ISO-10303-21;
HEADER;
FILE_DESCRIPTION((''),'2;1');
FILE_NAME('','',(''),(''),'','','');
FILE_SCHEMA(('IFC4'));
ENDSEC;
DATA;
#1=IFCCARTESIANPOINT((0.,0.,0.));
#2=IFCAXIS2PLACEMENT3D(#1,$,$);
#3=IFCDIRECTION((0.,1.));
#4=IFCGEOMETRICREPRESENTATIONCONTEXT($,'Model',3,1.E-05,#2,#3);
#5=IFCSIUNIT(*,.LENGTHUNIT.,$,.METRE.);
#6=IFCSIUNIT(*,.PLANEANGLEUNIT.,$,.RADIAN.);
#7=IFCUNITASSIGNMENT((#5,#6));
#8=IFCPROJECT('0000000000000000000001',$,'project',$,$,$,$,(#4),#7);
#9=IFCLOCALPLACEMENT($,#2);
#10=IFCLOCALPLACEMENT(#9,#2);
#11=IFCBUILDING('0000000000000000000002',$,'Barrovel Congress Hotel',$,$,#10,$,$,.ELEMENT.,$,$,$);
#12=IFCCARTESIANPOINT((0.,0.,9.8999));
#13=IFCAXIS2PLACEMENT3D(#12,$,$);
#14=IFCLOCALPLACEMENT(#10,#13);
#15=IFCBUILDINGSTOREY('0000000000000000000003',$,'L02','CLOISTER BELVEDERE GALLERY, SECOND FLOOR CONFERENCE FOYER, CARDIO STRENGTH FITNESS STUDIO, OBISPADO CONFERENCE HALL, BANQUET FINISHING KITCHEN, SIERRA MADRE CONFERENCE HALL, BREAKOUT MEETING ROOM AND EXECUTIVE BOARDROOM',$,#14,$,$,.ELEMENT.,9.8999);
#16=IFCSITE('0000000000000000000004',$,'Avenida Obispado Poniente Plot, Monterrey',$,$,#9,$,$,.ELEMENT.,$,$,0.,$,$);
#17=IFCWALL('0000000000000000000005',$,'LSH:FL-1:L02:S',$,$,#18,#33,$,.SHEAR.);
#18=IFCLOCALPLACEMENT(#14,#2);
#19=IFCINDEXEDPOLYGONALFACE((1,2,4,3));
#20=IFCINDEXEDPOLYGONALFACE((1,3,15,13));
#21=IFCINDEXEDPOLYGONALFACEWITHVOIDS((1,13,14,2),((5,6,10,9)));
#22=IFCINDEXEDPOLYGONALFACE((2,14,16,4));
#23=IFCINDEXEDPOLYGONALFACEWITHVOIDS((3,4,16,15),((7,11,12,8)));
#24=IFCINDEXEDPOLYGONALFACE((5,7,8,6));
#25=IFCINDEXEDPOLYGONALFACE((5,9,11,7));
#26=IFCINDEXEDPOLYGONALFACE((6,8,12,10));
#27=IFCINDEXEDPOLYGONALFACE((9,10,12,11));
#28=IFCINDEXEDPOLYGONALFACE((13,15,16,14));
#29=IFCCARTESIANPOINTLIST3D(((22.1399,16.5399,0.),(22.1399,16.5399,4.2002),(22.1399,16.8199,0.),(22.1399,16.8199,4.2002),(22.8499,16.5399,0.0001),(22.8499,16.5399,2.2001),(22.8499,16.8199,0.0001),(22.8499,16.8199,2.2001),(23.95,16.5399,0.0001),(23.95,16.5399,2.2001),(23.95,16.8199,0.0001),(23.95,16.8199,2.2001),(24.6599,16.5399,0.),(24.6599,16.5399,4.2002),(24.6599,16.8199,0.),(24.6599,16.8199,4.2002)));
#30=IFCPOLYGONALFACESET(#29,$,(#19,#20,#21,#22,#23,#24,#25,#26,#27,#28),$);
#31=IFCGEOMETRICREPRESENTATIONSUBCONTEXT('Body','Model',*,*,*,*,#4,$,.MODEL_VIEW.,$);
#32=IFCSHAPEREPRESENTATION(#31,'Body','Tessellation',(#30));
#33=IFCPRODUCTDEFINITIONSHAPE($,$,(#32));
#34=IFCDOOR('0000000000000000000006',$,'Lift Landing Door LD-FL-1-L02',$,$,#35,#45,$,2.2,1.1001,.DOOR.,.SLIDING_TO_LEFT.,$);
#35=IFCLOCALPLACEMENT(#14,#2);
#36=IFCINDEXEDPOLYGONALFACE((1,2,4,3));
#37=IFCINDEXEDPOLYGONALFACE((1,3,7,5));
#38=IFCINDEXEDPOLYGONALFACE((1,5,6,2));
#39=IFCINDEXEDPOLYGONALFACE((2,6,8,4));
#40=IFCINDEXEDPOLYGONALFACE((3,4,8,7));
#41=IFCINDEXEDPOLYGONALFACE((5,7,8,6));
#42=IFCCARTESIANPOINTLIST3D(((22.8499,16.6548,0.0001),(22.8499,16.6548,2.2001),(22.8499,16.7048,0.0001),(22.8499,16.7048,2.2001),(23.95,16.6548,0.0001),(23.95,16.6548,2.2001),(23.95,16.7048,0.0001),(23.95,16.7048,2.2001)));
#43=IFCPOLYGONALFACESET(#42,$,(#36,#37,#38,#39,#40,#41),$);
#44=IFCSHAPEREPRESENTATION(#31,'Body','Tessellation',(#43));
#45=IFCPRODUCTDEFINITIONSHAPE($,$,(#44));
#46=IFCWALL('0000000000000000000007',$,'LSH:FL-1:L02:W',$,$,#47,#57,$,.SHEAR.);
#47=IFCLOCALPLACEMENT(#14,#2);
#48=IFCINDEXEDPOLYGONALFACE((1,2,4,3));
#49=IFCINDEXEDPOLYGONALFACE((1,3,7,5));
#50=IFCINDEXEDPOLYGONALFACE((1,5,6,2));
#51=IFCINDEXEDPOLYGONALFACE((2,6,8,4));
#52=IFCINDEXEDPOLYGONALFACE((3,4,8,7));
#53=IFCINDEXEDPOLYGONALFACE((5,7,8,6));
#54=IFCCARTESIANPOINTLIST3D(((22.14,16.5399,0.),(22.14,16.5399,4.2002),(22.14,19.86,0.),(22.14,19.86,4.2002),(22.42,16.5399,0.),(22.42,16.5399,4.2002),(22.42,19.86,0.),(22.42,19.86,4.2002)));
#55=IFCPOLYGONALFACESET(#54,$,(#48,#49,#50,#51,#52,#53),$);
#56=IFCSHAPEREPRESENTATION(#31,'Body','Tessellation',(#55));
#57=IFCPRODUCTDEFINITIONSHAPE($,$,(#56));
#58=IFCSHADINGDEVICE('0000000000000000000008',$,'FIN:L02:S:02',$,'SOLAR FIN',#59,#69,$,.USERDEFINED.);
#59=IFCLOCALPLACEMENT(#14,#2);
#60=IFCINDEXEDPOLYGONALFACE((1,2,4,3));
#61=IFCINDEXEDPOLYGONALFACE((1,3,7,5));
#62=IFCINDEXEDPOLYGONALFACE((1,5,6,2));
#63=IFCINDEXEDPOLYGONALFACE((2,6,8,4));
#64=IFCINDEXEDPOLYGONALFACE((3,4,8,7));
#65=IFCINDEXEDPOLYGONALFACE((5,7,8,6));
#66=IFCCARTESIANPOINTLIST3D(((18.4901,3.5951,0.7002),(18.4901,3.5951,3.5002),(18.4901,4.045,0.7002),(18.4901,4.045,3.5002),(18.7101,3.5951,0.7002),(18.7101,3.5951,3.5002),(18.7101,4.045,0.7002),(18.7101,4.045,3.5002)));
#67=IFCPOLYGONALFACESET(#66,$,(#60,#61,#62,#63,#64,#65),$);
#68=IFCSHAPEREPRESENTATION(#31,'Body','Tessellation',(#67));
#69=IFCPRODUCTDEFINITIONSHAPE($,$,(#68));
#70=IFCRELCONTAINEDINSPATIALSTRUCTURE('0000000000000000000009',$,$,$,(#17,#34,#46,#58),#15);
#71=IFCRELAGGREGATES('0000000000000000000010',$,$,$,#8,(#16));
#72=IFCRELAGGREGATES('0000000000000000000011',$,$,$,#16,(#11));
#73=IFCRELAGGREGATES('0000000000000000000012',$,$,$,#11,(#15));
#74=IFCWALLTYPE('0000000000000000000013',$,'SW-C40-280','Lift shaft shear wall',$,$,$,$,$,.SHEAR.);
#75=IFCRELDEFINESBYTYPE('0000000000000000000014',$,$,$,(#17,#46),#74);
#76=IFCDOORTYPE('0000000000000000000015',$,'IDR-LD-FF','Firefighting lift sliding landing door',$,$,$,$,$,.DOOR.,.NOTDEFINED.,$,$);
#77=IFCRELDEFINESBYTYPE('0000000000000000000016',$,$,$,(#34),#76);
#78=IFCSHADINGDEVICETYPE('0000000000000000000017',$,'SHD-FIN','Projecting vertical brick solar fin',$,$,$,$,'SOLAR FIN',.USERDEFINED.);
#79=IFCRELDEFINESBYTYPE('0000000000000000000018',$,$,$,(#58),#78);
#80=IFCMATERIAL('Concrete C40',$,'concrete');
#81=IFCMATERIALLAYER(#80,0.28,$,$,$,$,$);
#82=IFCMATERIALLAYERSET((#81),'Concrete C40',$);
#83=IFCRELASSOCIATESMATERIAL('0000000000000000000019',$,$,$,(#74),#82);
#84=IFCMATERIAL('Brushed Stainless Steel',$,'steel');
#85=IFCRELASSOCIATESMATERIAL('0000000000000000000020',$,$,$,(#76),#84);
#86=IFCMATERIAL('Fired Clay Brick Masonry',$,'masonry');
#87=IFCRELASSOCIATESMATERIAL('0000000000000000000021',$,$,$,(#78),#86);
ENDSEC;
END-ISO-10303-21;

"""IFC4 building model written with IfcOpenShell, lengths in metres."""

from ifc_helpers import new_model, si_unit, direction, frame, frame_2d, origin, origin_2d, place, context, subcontext, project, spatial, rectangle, extrude, material, layer, layer_set, type_object, element, fill, save


model = new_model("IFC4")

# Units and contexts
model_context = context("Model", 3, precision=1e-05, world=origin(), true_north=direction((0.0, 1.0)))
body_context = subcontext(model_context, "Body", "Model", "MODEL_VIEW")
ifc_project = project(units=[si_unit("LENGTHUNIT", "METRE"), si_unit("PLANEANGLEUNIT", "RADIAN")], contexts=[model_context])

# Site, building, storey
site_placement = place(None, origin())
site = spatial("IfcSite", under=ifc_project, at=site_placement, Name="Avenida Obispado Poniente Plot, Monterrey", CompositionType="ELEMENT", RefElevation=0.0)
building_placement = place(site_placement, origin())
building = spatial("IfcBuilding", under=site, at=building_placement, Name="Barrovel Congress Hotel", CompositionType="ELEMENT")
storey_placement = place(building_placement, frame((0.0, 0.0, 9.8999)))
storey = spatial("IfcBuildingStorey", under=building, at=storey_placement, Name="L02", Description="CLOISTER BELVEDERE GALLERY, SECOND FLOOR CONFERENCE FOYER, CARDIO STRENGTH FITNESS STUDIO, OBISPADO CONFERENCE HALL, BANQUET FINISHING KITCHEN, SIERRA MADRE CONFERENCE HALL, BREAKOUT MEETING ROOM AND EXECUTIVE BOARDROOM", CompositionType="ELEMENT", Elevation=9.8999)

# Shared definitions
ifc_material_1 = material(Name="Concrete C40", Category="concrete")

# Shared definitions
ifc_material_2 = material(Name="Fired Clay Brick Masonry", Category="masonry")

# Wall, opening, door
ifc_layer_1 = layer(ifc_material_1, 0.28)
ifc_layer_set_1 = layer_set([ifc_layer_1], Name="Concrete C40")
wall_type_1 = type_object("IfcWallType", Name="SW-C40-280", Description="Lift shaft shear wall", PredefinedType="SHEAR", material=ifc_layer_set_1)
wall_1_placement = place(storey_placement, frame((22.1399, 16.6799, 0.0), z_axis=(0.0, 0.0, 1.0), x_axis=(1.0, 0.0, 0.0)))
wall_1 = element("IfcWall", 1, at=wall_1_placement, inside=storey, type_object=wall_type_1, Name="LSH:FL-1:L02:S", PredefinedType="SHEAR", context=body_context, shape_type="SweptSolid", body=[
    extrude(rectangle(XDim=2.52, YDim=0.28, at=frame_2d((1.26, 0.0))), origin(), (0.0, 0.0, 1.0), 4.2002),
])
opening_1_placement = place(wall_1_placement, frame((0.71, 0.0, 0.0)))
opening_1 = element("IfcOpeningElement", 2, at=opening_1_placement, cuts=wall_1, PredefinedType="OPENING", context=body_context, shape_type="SweptSolid", body=[
    extrude(rectangle(XDim=1.1001, YDim=2.2, at=frame_2d((0.55, 1.1001))), frame((0.0, 0.1499, 0.0), z_axis=(0.0, -1.0, 0.0), x_axis=(1.0, 0.0, 0.0)), (0.0, 0.0, 1.0), 0.3),
])
ifc_material_3 = material(Name="Brushed Stainless Steel", Category="steel")
door_type_1 = type_object("IfcDoorType", Name="IDR-LD-FF", Description="Firefighting lift sliding landing door", OperationType="NOTDEFINED", PredefinedType="DOOR", material=ifc_material_3)
door_1_placement = place(opening_1_placement, origin())
door_1 = element("IfcDoor", 3, at=door_1_placement, inside=storey, type_object=door_type_1, Name="Lift Landing Door LD-FL-1-L02", OperationType="SLIDING_TO_LEFT", OverallHeight=2.2, OverallWidth=1.1001, PredefinedType="DOOR", context=body_context, shape_type="SweptSolid", body=[
    extrude(rectangle(XDim=1.1001, YDim=2.2, at=frame_2d((0.55, 1.1001))), frame((0.0, 0.0249, 0.0), z_axis=(0.0, -1.0, 0.0), x_axis=(1.0, 0.0, 0.0)), (0.0, 0.0, 1.0), 0.05),
])
fill(opening_1, door_1)

# Wall
wall_2_placement = place(storey_placement, frame((22.28, 19.8601, 0.0), z_axis=(0.0, 0.0, 1.0), x_axis=(0.0, -1.0, 0.0)))
element("IfcWall", 4, at=wall_2_placement, inside=storey, type_object=wall_type_1, Name="LSH:FL-1:L02:W", PredefinedType="SHEAR", context=body_context, shape_type="SweptSolid", body=[
    extrude(rectangle(XDim=3.3201, YDim=0.28, at=frame_2d((1.6602, 0.0))), origin(), (0.0, 0.0, 1.0), 4.2002),
])

# Shading device
shading_device_type = type_object("IfcShadingDeviceType", Name="SHD-FIN", Description="Projecting vertical brick solar fin", ElementType="SOLAR FIN", PredefinedType="USERDEFINED", material=ifc_material_2)
shading_device_placement = place(storey_placement, frame((18.6001, 3.8201, 0.7002), z_axis=(0.0, 0.0, 1.0), x_axis=(1.0, 0.0, 0.0)))
element("IfcShadingDevice", 5, at=shading_device_placement, inside=storey, type_object=shading_device_type, Name="FIN:L02:S:02", ObjectType="SOLAR FIN", PredefinedType="USERDEFINED", context=body_context, shape_type="SweptSolid", body=[
    extrude(rectangle(XDim=0.22, YDim=0.45, at=origin_2d()), origin(), (0.0, 0.0, 1.0), 2.8),
])

save(model, "model.ifc")
